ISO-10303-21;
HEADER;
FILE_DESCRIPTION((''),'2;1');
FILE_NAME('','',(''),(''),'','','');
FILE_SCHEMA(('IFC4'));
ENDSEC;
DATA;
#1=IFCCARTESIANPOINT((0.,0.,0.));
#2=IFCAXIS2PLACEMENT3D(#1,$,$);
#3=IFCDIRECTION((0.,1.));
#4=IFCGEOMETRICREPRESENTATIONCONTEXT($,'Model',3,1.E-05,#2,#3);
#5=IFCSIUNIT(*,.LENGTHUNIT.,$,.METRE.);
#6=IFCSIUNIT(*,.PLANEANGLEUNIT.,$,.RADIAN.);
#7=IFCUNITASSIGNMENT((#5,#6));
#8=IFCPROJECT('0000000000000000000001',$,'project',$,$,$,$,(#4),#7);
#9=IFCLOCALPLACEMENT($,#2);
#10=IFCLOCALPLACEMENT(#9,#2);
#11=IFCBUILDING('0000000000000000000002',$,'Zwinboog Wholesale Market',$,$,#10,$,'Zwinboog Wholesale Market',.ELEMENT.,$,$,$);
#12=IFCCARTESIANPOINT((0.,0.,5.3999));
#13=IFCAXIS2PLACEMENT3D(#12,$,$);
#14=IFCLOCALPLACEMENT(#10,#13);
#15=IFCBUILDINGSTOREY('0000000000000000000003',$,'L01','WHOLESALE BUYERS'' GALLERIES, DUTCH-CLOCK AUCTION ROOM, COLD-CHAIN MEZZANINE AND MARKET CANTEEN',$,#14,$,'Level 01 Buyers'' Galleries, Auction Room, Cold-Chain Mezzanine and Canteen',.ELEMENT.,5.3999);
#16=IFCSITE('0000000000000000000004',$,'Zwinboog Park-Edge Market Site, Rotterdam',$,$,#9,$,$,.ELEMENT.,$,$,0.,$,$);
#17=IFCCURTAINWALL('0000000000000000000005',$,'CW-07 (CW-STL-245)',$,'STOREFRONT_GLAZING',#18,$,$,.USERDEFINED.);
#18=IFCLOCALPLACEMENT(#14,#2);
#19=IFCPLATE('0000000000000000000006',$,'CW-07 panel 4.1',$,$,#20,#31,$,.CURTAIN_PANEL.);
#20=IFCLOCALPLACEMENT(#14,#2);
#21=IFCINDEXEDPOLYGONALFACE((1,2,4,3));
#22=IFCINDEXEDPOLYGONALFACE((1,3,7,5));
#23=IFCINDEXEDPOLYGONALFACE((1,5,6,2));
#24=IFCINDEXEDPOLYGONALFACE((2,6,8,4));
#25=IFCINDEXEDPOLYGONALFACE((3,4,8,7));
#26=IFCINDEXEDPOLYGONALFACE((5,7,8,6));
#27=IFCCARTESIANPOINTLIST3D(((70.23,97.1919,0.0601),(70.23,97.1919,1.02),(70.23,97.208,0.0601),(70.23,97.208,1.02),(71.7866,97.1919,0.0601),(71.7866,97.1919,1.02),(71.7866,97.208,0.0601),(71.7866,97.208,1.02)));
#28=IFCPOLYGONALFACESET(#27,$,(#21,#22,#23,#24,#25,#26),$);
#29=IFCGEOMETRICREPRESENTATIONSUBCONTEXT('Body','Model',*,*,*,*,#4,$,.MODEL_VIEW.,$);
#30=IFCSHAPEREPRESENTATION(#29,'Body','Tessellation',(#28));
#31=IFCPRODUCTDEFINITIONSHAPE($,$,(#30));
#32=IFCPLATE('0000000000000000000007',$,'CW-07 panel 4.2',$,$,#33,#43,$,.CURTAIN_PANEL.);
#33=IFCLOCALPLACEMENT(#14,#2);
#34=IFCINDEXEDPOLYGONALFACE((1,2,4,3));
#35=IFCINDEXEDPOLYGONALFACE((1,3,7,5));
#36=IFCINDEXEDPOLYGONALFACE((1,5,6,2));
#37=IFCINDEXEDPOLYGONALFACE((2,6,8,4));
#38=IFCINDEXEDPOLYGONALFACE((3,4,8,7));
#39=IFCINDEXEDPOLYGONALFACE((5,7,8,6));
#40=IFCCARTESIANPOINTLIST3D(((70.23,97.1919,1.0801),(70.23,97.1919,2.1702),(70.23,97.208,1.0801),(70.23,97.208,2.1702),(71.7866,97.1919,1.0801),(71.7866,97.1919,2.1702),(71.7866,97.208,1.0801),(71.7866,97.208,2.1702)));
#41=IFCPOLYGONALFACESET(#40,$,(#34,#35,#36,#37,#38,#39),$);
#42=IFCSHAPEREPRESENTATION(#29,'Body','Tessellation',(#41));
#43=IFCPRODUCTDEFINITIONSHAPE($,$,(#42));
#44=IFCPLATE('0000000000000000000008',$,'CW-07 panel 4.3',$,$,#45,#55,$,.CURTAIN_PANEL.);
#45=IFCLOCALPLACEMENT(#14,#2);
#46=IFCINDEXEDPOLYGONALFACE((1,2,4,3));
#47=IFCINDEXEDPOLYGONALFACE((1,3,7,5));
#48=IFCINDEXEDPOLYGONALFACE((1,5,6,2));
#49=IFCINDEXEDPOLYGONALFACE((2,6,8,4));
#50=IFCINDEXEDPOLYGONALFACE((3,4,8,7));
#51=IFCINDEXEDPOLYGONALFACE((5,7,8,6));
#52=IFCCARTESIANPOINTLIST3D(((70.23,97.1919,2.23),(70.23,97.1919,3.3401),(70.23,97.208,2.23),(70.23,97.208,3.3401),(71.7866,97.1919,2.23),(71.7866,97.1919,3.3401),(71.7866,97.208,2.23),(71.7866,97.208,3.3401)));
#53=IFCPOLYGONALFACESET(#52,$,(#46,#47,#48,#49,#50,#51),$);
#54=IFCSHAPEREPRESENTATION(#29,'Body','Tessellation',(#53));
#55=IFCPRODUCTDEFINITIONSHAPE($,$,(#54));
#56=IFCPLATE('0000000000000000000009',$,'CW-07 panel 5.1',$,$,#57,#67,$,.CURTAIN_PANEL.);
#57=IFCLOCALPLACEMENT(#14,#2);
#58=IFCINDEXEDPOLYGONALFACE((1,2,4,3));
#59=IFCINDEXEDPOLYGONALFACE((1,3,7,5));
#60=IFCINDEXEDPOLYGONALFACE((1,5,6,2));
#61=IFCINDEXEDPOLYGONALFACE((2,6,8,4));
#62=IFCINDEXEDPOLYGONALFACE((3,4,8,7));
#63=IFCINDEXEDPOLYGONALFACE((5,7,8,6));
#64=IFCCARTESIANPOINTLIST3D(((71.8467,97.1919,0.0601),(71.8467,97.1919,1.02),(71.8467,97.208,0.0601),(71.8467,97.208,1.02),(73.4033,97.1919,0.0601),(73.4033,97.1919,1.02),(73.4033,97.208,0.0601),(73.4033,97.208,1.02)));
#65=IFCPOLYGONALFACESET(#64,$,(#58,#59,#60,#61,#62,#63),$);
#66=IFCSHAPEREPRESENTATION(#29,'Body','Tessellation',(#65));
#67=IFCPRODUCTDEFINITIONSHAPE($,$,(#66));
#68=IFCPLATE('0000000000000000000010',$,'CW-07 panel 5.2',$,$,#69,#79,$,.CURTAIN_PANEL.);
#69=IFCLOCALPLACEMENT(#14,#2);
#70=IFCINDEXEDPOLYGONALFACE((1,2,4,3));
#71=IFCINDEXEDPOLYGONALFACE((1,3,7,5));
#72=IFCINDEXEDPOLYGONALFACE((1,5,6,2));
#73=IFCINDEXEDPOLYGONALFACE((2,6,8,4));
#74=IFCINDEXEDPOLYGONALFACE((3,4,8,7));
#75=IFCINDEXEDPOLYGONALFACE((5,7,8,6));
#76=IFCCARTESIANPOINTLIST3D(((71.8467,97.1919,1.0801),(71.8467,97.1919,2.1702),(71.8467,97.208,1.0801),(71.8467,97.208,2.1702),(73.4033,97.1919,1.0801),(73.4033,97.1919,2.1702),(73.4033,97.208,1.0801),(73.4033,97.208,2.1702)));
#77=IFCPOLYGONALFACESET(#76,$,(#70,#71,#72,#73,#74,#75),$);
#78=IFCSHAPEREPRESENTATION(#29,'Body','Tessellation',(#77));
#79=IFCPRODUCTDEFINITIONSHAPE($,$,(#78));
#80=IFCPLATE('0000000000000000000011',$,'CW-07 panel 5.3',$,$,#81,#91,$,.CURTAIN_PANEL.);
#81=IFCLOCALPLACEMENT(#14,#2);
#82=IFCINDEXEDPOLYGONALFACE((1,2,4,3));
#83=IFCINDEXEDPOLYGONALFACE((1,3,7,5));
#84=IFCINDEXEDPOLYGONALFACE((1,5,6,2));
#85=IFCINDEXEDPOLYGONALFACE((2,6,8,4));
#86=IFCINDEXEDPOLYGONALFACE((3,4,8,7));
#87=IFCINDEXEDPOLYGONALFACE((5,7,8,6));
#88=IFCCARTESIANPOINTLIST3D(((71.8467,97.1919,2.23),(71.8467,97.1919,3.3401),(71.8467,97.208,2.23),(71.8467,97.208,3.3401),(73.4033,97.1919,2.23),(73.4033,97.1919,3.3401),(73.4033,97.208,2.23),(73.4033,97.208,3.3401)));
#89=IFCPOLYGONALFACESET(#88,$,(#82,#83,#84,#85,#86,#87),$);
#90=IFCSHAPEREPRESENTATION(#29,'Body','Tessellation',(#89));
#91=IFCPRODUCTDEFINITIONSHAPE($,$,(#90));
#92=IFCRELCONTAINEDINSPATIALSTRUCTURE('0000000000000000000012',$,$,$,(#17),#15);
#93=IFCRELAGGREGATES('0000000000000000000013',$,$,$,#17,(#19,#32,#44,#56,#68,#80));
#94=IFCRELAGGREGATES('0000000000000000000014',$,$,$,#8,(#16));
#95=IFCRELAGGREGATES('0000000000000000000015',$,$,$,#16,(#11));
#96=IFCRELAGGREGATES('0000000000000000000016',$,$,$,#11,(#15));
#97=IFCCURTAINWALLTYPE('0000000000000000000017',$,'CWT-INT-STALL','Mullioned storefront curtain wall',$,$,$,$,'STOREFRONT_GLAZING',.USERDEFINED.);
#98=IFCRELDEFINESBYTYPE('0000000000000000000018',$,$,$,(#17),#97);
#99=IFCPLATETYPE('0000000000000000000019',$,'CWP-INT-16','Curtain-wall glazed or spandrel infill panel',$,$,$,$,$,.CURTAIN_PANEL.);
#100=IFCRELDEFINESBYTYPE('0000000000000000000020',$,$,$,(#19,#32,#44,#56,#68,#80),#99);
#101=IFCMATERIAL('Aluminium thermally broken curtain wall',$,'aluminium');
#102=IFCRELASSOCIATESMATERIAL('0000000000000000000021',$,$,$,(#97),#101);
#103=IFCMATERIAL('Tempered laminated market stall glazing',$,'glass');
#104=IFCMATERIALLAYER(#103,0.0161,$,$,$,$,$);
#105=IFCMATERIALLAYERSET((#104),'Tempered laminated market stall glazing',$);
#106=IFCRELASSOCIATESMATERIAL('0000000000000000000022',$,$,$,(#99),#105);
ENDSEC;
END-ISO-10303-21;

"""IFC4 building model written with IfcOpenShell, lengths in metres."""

from ifc_helpers import new_model, si_unit, direction, frame, origin, origin_2d, place, context, subcontext, project, spatial, rectangle, extrude, material, layer, layer_set, type_object, element, aggregate, save


model = new_model("IFC4")

# Units and contexts
model_context = context("Model", 3, precision=1e-05, world=origin(), true_north=direction((0.0, 1.0)))
body_context = subcontext(model_context, "Body", "Model", "MODEL_VIEW")
ifc_project = project(units=[si_unit("LENGTHUNIT", "METRE"), si_unit("PLANEANGLEUNIT", "RADIAN")], contexts=[model_context])

# Site, building, storey
site_placement = place(None, origin())
site = spatial("IfcSite", under=ifc_project, at=site_placement, Name="Zwinboog Park-Edge Market Site, Rotterdam", CompositionType="ELEMENT", RefElevation=0.0)
building_placement = place(site_placement, origin())
building = spatial("IfcBuilding", under=site, at=building_placement, Name="Zwinboog Wholesale Market", LongName="Zwinboog Wholesale Market", CompositionType="ELEMENT")
storey_placement = place(building_placement, frame((0.0, 0.0, 5.3999)))
storey = spatial("IfcBuildingStorey", under=building, at=storey_placement, Name="L01", Description="WHOLESALE BUYERS' GALLERIES, DUTCH-CLOCK AUCTION ROOM, COLD-CHAIN MEZZANINE AND MARKET CANTEEN", LongName="Level 01 Buyers' Galleries, Auction Room, Cold-Chain Mezzanine and Canteen", CompositionType="ELEMENT", Elevation=5.3999)

# Curtain wall, plates
ifc_material_1 = material(Name="Aluminium thermally broken curtain wall", Category="aluminium")
curtain_wall_type = type_object("IfcCurtainWallType", Name="CWT-INT-STALL", Description="Mullioned storefront curtain wall", ElementType="STOREFRONT_GLAZING", PredefinedType="USERDEFINED", material=ifc_material_1)
curtain_wall_placement = place(storey_placement, origin())
curtain_wall = element("IfcCurtainWall", 1, at=curtain_wall_placement, inside=storey, type_object=curtain_wall_type, Name="CW-07 (CW-STL-245)", ObjectType="STOREFRONT_GLAZING", PredefinedType="USERDEFINED")
ifc_material_2 = material(Name="Tempered laminated market stall glazing", Category="glass")
ifc_layer = layer(ifc_material_2, 0.0161)
ifc_layer_set = layer_set([ifc_layer], Name="Tempered laminated market stall glazing")
plate_type = type_object("IfcPlateType", Name="CWP-INT-16", Description="Curtain-wall glazed or spandrel infill panel", PredefinedType="CURTAIN_PANEL", material=ifc_layer_set)
plate_1_placement = place(storey_placement, frame((71.0083, 97.2, 0.0601), z_axis=(0.0, 0.0, 1.0), x_axis=(1.0, 0.0, 0.0)))
plate_1 = element("IfcPlate", 2, at=plate_1_placement, type_object=plate_type, Name="CW-07 panel 4.1", PredefinedType="CURTAIN_PANEL", context=body_context, shape_type="SweptSolid", body=[
    extrude(rectangle(XDim=1.5566, YDim=0.0161, at=origin_2d()), origin(), (0.0, 0.0, 1.0), 0.96),
])
plate_2_placement = place(storey_placement, frame((71.0083, 97.2, 1.0801), z_axis=(0.0, 0.0, 1.0), x_axis=(1.0, 0.0, 0.0)))
plate_2 = element("IfcPlate", 3, at=plate_2_placement, type_object=plate_type, Name="CW-07 panel 4.2", PredefinedType="CURTAIN_PANEL", context=body_context, shape_type="SweptSolid", body=[
    extrude(rectangle(XDim=1.5566, YDim=0.0161, at=origin_2d()), origin(), (0.0, 0.0, 1.0), 1.0901),
])
plate_3_placement = place(storey_placement, frame((71.0083, 97.2, 2.23), z_axis=(0.0, 0.0, 1.0), x_axis=(1.0, 0.0, 0.0)))
plate_3 = element("IfcPlate", 4, at=plate_3_placement, type_object=plate_type, Name="CW-07 panel 4.3", PredefinedType="CURTAIN_PANEL", context=body_context, shape_type="SweptSolid", body=[
    extrude(rectangle(XDim=1.5566, YDim=0.0161, at=origin_2d()), origin(), (0.0, 0.0, 1.0), 1.1101),
])
plate_4_placement = place(storey_placement, frame((72.625, 97.2, 0.0601), z_axis=(0.0, 0.0, 1.0), x_axis=(1.0, 0.0, 0.0)))
plate_4 = element("IfcPlate", 5, at=plate_4_placement, type_object=plate_type, Name="CW-07 panel 5.1", PredefinedType="CURTAIN_PANEL", context=body_context, shape_type="SweptSolid", body=[
    extrude(rectangle(XDim=1.5566, YDim=0.0161, at=origin_2d()), origin(), (0.0, 0.0, 1.0), 0.96),
])
plate_5_placement = place(storey_placement, frame((72.625, 97.2, 1.0801), z_axis=(0.0, 0.0, 1.0), x_axis=(1.0, 0.0, 0.0)))
plate_5 = element("IfcPlate", 6, at=plate_5_placement, type_object=plate_type, Name="CW-07 panel 5.2", PredefinedType="CURTAIN_PANEL", context=body_context, shape_type="SweptSolid", body=[
    extrude(rectangle(XDim=1.5566, YDim=0.0161, at=origin_2d()), origin(), (0.0, 0.0, 1.0), 1.0901),
])
plate_6_placement = place(storey_placement, frame((72.625, 97.2, 2.23), z_axis=(0.0, 0.0, 1.0), x_axis=(1.0, 0.0, 0.0)))
plate_6 = element("IfcPlate", 7, at=plate_6_placement, type_object=plate_type, Name="CW-07 panel 5.3", PredefinedType="CURTAIN_PANEL", context=body_context, shape_type="SweptSolid", body=[
    extrude(rectangle(XDim=1.5566, YDim=0.0161, at=origin_2d()), origin(), (0.0, 0.0, 1.0), 1.1101),
])
aggregate(curtain_wall, [plate_1, plate_2, plate_3, plate_4, plate_5, plate_6])

save(model, "model.ifc")
